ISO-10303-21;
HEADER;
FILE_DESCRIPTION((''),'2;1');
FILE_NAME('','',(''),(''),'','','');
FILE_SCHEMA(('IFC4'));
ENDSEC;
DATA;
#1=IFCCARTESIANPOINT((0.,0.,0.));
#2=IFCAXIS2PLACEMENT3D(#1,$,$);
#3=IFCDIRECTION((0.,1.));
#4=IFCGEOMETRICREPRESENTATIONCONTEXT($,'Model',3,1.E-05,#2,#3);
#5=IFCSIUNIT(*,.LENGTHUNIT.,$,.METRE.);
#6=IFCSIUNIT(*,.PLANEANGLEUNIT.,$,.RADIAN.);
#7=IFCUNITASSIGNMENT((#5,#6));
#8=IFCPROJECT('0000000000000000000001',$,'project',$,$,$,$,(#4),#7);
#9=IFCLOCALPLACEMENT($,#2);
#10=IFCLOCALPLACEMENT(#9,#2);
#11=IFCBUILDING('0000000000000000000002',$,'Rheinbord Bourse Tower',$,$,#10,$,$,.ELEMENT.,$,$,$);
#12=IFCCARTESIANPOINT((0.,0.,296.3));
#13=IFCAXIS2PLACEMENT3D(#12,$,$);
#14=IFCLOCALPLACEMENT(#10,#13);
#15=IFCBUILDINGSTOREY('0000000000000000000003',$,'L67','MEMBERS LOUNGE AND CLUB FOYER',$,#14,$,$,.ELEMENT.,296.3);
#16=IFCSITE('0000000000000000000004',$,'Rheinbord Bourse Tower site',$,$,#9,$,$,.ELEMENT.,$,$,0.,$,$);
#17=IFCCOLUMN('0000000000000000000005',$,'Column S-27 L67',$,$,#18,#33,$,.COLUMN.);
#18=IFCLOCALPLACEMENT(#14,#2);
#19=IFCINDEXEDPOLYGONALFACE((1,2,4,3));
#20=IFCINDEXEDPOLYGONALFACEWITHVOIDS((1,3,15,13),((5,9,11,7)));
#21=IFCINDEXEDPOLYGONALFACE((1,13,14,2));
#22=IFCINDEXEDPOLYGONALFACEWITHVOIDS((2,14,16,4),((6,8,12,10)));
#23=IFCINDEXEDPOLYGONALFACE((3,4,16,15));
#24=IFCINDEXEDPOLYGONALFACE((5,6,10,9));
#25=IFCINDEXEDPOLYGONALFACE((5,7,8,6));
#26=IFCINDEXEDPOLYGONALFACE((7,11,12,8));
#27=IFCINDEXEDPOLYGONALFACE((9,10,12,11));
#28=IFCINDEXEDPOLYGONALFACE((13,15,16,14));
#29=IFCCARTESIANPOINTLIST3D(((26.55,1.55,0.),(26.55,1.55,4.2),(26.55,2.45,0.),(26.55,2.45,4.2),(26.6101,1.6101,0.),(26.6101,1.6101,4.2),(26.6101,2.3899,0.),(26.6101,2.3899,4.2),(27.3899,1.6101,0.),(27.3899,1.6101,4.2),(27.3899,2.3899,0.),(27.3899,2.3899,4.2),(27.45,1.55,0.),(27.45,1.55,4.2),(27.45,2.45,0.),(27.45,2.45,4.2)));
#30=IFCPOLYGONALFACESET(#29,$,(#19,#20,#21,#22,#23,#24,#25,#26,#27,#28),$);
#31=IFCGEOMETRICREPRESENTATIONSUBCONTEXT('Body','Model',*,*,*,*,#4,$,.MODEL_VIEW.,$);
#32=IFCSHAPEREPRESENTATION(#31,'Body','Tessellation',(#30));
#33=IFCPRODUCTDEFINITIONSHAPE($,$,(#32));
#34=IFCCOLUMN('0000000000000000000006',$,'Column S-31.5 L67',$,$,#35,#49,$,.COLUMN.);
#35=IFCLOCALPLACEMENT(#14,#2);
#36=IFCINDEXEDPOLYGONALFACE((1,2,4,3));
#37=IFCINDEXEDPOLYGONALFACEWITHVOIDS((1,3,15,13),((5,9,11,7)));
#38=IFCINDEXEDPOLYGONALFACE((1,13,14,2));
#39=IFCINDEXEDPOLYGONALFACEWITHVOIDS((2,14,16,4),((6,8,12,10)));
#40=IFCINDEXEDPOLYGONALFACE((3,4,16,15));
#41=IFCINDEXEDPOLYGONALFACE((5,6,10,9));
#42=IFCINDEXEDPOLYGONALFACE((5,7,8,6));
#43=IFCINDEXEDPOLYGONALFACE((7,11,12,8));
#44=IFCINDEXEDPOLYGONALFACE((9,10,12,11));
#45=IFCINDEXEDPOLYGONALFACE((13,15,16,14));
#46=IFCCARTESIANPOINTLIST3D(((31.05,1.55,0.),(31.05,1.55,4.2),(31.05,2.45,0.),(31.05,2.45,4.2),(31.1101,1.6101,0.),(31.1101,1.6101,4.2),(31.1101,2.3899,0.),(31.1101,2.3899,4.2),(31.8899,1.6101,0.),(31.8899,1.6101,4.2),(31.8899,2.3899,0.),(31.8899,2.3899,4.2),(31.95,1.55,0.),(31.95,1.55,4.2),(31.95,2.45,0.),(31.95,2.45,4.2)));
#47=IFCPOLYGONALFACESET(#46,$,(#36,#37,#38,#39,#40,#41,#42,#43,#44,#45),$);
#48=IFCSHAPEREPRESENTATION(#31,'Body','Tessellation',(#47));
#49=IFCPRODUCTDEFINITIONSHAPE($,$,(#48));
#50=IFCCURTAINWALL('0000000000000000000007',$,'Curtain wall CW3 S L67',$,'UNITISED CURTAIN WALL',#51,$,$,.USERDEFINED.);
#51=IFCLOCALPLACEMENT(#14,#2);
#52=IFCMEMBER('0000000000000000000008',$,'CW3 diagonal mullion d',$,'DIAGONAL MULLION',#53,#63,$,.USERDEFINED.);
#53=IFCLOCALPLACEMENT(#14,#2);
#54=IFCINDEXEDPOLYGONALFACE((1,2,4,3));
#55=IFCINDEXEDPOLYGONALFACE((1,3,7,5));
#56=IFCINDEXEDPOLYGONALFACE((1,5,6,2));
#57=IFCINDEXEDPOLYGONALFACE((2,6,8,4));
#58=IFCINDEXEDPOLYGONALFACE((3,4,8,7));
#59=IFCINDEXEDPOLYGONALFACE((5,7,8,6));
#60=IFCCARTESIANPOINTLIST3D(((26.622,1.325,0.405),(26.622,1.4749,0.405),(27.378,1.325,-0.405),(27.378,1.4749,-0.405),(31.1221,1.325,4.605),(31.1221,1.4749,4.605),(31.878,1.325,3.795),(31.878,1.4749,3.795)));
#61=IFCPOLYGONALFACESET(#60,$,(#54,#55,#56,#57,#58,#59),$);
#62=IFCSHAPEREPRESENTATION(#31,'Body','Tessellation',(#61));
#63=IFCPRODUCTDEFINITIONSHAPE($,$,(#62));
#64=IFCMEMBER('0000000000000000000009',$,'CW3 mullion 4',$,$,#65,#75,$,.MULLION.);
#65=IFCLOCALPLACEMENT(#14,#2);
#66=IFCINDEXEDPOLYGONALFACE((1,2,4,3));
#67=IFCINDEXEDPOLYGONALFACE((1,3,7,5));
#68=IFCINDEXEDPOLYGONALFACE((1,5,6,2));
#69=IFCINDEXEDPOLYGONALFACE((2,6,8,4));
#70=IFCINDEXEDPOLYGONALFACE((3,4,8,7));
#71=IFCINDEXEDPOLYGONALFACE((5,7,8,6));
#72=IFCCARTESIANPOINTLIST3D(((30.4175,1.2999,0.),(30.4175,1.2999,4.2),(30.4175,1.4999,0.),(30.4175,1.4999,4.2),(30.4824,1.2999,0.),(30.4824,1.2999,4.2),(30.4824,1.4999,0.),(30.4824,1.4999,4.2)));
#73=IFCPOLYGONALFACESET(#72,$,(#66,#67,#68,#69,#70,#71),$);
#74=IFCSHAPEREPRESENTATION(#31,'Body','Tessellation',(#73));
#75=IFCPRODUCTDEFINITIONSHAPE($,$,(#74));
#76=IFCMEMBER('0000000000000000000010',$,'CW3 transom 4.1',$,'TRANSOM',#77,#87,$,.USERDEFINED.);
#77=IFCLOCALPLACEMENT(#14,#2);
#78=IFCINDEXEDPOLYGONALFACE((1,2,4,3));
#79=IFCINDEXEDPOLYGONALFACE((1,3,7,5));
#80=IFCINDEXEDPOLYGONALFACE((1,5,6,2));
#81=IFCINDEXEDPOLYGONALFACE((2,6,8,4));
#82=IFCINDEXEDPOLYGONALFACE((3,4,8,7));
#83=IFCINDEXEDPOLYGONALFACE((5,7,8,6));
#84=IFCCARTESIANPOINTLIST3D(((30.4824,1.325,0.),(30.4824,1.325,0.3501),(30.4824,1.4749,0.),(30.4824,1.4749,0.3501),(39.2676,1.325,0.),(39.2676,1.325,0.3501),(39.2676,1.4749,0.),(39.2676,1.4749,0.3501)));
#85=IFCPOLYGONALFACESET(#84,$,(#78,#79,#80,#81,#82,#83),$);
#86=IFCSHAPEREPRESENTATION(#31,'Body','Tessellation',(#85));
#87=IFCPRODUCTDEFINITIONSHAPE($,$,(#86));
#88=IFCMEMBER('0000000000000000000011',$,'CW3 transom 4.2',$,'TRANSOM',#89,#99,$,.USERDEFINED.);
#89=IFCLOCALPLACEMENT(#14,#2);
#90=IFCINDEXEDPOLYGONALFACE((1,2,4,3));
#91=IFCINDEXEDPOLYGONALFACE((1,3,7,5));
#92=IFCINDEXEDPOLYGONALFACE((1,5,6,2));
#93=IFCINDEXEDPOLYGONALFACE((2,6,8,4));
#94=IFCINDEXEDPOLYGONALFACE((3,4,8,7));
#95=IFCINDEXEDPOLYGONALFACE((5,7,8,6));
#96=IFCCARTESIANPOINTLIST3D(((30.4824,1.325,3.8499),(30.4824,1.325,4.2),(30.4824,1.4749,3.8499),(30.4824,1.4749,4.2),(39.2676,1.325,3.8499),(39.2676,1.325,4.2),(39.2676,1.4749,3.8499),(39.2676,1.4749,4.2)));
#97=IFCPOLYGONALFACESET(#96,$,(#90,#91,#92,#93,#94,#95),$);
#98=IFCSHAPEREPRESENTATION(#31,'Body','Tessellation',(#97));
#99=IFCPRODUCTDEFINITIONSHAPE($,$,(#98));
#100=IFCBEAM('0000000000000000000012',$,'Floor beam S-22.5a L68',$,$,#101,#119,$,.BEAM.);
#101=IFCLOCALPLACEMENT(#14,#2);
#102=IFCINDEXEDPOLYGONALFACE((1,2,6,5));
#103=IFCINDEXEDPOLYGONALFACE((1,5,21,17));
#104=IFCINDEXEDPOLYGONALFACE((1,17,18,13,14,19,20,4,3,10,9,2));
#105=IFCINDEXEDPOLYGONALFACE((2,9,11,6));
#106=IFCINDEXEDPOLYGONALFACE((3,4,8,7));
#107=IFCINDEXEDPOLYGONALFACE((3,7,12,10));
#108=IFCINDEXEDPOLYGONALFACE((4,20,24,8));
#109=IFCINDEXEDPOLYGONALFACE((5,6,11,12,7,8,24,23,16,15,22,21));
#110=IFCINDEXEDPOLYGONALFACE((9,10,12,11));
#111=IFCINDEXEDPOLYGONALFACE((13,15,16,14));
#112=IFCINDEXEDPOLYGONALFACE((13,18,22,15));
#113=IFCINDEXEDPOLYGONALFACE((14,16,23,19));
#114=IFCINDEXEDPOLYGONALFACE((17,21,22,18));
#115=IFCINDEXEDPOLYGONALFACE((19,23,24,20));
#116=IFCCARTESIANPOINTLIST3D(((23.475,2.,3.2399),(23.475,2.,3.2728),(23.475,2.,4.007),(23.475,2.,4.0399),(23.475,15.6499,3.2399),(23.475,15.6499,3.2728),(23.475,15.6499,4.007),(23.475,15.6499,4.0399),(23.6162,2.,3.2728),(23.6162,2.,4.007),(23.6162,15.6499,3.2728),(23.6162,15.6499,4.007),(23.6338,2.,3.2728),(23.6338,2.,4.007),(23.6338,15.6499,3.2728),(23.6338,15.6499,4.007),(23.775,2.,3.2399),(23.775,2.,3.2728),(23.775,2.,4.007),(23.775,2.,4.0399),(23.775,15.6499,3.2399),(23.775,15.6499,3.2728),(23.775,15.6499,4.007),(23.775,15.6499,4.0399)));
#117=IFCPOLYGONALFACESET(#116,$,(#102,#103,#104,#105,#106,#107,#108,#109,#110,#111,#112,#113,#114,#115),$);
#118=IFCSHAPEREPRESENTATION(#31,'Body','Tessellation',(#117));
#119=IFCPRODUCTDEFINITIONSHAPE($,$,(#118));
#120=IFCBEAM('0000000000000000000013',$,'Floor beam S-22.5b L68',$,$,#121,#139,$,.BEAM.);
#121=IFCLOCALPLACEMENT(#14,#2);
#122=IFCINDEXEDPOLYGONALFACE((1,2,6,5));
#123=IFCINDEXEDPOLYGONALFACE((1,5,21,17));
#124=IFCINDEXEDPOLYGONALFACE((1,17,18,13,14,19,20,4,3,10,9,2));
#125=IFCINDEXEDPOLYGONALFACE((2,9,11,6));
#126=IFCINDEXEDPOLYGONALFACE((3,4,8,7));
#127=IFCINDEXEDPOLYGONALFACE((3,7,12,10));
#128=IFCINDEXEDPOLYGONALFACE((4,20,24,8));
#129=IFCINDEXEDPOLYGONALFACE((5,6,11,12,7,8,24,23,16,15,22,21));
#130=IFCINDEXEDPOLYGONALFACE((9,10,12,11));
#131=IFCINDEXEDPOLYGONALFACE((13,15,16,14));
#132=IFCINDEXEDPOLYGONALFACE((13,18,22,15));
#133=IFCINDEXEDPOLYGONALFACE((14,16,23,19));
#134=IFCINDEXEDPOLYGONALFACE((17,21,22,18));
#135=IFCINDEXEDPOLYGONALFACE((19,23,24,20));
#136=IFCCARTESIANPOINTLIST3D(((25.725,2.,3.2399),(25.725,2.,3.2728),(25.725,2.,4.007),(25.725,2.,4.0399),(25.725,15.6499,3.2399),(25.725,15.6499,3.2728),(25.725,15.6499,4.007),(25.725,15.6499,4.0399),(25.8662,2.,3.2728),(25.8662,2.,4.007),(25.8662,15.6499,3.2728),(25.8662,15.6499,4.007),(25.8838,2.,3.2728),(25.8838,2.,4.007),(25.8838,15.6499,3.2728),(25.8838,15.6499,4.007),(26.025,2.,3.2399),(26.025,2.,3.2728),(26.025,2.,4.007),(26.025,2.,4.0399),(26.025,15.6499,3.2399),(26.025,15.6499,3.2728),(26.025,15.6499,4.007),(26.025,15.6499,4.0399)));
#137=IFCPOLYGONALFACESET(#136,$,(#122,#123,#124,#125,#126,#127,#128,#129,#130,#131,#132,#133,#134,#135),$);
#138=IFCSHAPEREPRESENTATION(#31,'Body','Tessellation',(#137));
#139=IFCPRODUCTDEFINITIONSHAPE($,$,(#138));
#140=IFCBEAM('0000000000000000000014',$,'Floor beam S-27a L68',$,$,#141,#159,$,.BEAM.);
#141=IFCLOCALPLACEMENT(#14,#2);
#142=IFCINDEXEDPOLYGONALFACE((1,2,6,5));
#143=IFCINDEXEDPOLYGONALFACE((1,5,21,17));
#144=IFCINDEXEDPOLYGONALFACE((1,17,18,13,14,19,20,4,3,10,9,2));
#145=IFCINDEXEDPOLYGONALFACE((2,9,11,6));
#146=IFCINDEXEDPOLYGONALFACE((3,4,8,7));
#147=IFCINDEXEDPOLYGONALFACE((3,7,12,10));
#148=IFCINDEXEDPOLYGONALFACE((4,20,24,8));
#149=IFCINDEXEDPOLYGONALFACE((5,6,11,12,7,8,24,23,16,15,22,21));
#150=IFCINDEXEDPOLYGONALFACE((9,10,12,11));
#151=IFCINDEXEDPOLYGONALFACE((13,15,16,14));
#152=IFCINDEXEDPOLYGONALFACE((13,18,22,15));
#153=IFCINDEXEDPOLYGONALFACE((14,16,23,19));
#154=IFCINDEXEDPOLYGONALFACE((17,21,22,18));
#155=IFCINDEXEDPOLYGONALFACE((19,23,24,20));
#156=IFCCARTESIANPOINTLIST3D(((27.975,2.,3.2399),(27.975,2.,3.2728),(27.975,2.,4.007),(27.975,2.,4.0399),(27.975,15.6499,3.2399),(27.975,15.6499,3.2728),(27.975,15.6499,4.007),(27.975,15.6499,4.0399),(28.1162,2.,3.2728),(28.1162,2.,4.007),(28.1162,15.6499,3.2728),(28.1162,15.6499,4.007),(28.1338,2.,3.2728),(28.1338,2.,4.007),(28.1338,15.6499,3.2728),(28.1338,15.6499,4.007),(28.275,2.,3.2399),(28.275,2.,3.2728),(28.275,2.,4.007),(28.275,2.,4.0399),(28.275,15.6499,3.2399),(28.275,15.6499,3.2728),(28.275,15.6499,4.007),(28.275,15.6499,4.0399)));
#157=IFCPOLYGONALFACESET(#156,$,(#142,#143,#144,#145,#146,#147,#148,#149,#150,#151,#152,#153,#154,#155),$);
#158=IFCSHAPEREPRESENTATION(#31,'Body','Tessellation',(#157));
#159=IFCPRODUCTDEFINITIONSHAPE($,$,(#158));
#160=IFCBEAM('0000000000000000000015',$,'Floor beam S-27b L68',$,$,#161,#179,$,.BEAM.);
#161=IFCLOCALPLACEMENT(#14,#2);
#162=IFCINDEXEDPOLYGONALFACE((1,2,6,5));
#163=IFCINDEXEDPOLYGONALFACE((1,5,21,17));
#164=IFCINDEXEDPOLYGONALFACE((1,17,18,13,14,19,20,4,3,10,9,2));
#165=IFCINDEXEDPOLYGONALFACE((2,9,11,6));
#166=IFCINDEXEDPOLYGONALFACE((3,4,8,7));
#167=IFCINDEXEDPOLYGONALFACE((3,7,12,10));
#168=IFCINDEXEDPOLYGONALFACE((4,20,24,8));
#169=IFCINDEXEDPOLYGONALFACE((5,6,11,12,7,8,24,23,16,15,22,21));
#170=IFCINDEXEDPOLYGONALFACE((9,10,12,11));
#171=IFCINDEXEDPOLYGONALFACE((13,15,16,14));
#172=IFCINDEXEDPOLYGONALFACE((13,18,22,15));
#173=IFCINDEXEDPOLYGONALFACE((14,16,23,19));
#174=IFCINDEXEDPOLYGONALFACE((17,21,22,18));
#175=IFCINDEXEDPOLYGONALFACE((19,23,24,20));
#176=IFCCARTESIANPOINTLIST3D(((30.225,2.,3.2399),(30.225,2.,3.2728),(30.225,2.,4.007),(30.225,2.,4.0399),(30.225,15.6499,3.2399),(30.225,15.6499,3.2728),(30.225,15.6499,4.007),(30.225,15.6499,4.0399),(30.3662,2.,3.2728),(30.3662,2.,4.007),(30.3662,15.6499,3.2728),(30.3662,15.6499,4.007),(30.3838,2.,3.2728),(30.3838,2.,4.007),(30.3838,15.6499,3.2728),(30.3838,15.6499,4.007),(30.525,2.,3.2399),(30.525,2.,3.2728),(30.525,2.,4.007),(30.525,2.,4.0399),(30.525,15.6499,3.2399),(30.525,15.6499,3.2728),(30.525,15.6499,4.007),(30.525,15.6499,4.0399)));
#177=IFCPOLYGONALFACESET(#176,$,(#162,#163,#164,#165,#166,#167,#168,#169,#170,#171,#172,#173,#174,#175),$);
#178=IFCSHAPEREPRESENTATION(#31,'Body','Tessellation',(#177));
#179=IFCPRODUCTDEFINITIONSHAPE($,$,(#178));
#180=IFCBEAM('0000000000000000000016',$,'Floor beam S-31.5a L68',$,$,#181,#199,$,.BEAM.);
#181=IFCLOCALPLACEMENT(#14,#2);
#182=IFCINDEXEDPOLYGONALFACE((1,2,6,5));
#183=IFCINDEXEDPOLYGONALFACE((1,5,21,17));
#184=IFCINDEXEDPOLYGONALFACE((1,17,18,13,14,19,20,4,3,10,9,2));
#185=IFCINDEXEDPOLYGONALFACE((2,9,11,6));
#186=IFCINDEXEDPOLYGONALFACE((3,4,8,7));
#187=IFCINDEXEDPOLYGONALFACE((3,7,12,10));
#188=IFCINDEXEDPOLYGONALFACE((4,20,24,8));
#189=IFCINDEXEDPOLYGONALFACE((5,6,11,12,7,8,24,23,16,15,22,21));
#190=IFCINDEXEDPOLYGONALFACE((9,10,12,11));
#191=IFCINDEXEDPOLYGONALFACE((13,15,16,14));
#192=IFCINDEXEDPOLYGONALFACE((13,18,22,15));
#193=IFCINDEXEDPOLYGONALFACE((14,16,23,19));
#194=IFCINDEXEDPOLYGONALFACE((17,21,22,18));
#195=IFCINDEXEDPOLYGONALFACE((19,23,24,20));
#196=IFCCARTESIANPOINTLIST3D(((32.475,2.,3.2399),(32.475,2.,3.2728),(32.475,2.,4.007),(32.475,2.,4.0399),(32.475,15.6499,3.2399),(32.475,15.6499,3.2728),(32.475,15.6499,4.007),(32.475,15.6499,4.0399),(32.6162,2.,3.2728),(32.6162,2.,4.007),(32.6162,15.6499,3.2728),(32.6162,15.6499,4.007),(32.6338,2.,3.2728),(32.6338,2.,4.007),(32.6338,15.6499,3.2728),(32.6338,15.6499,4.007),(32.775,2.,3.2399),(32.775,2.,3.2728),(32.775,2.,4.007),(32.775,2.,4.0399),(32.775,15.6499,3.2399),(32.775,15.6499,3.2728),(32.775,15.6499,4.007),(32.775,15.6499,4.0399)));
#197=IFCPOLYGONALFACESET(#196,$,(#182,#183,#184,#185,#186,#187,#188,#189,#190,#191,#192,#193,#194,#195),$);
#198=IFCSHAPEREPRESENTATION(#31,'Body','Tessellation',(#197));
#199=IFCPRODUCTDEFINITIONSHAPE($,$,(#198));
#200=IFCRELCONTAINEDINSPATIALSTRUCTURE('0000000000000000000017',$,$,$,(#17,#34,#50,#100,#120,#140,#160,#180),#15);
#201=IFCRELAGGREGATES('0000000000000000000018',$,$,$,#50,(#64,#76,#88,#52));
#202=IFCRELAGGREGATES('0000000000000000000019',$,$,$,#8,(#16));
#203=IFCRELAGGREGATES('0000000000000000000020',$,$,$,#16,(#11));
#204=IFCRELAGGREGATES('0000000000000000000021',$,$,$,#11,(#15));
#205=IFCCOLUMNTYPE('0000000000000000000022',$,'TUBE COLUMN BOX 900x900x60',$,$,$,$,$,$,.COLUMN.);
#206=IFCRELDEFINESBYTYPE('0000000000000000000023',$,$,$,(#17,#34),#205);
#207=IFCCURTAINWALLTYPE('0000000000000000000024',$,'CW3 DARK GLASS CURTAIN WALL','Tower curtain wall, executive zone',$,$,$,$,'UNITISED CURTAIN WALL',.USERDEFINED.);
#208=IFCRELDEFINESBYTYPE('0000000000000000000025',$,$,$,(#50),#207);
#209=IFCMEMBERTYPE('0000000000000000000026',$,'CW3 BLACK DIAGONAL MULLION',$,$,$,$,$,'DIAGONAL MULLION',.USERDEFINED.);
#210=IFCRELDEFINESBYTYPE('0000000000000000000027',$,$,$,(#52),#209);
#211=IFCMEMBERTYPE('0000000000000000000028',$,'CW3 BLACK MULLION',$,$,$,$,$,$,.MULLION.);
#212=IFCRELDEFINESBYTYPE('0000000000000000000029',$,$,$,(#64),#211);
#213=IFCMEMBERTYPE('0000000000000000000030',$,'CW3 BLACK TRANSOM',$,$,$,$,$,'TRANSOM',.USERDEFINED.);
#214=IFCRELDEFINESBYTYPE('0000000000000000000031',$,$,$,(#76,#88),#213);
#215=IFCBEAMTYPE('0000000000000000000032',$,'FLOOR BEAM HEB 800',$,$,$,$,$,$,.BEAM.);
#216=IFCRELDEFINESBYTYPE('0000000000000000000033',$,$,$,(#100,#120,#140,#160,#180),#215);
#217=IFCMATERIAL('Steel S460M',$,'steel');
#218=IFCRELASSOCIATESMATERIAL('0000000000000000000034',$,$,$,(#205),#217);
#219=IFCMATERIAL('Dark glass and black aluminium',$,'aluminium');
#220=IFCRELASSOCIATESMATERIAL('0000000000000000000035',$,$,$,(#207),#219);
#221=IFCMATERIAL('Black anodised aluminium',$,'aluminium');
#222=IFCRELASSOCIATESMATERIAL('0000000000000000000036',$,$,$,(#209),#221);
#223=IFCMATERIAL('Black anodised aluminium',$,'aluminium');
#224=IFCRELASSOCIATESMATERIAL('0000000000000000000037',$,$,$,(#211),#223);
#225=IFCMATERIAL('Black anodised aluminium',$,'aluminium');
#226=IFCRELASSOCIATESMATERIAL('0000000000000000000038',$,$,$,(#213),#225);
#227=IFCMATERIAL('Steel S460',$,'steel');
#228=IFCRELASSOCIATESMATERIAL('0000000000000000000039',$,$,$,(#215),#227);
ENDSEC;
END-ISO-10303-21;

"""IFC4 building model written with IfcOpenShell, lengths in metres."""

from ifc_helpers import new_model, si_unit, direction, frame, origin, origin_2d, place, context, subcontext, project, spatial, rectangle, hollow_rectangle, i_section, extrude, material, material_profile, profile_set, type_object, element, aggregate, save


model = new_model("IFC4")

# Units and contexts
model_context = context("Model", 3, precision=1e-05, world=origin(), true_north=direction((0.0, 1.0)))
body_context = subcontext(model_context, "Body", "Model", "MODEL_VIEW")
ifc_project = project(units=[si_unit("LENGTHUNIT", "METRE"), si_unit("PLANEANGLEUNIT", "RADIAN")], contexts=[model_context])

# Site, building, storey
site_placement = place(None, origin())
site = spatial("IfcSite", under=ifc_project, at=site_placement, Name="Rheinbord Bourse Tower site", CompositionType="ELEMENT", RefElevation=0.0)
building_placement = place(site_placement, origin())
building = spatial("IfcBuilding", under=site, at=building_placement, Name="Rheinbord Bourse Tower", CompositionType="ELEMENT")
storey_placement = place(building_placement, frame((0.0, 0.0, 296.3)))
storey = spatial("IfcBuildingStorey", under=building, at=storey_placement, Name="L67", Description="MEMBERS LOUNGE AND CLUB FOYER", CompositionType="ELEMENT", Elevation=296.3)

# Columns
ifc_material_1 = material(Name="Steel S460M", Category="steel")
ifc_material_profile_1 = material_profile(ifc_material_1, hollow_rectangle(XDim=0.8999, YDim=0.8999, WallThickness=0.0601, at=origin_2d()), Name="BOX 900x900x60")
ifc_profile_set_1 = profile_set([ifc_material_profile_1], Name="Steel S460M")
column_type = type_object("IfcColumnType", Name="TUBE COLUMN BOX 900x900x60", PredefinedType="COLUMN", material=ifc_profile_set_1)
for number, where, z_axis, x_axis, name in (
    (1, (27.0, 2.0, 0.0), (0.0, 0.0, 1.0), (0.0, 1.0, 0.0), "Column S-27 L67"),
    (2, (31.5, 2.0, 0.0), (0.0, 0.0, 1.0), (0.0, 1.0, 0.0), "Column S-31.5 L67"),
):
    element("IfcColumn", number, at=place(storey_placement, frame(where, z_axis=z_axis, x_axis=x_axis)), inside=storey, type_object=column_type, Name=name, PredefinedType="COLUMN", context=body_context, shape_type="SweptSolid", body=[
        extrude(hollow_rectangle(XDim=0.8999, YDim=0.8999, WallThickness=0.0601, at=origin_2d()), origin(), (0.0, 0.0, 1.0), 4.2),
    ])

# Curtain wall, members
ifc_material_2 = material(Name="Dark glass and black aluminium", Category="aluminium")
curtain_wall_type = type_object("IfcCurtainWallType", Name="CW3 DARK GLASS CURTAIN WALL", Description="Tower curtain wall, executive zone", ElementType="UNITISED CURTAIN WALL", PredefinedType="USERDEFINED", material=ifc_material_2)
curtain_wall_placement = place(storey_placement, origin())
curtain_wall = element("IfcCurtainWall", 3, at=curtain_wall_placement, inside=storey, type_object=curtain_wall_type, Name="Curtain wall CW3 S L67", ObjectType="UNITISED CURTAIN WALL", PredefinedType="USERDEFINED")
ifc_material_3 = material(Name="Black anodised aluminium", Category="aluminium")
ifc_material_profile_2 = material_profile(ifc_material_3, rectangle(XDim=0.1499, YDim=1.1079, at=origin_2d()), Name="CW3 DIAGONAL MULLION 1108x150")
ifc_profile_set_2 = profile_set([ifc_material_profile_2], Name="Black anodised aluminium")
member_type_1 = type_object("IfcMemberType", Name="CW3 BLACK DIAGONAL MULLION", ElementType="DIAGONAL MULLION", PredefinedType="USERDEFINED", material=ifc_profile_set_2)
member_1_placement = place(storey_placement, frame((27.0, 1.3999, 0.0), z_axis=(0.731059, 0.0, 0.682314), x_axis=(0.0, 1.0, 0.0)))
member_1 = element("IfcMember", 4, at=member_1_placement, type_object=member_type_1, Name="CW3 diagonal mullion d", ObjectType="DIAGONAL MULLION", PredefinedType="USERDEFINED", context=body_context, shape_type="SweptSolid", body=[
    extrude(rectangle(XDim=0.1499, YDim=1.1079, at=origin_2d()), origin(), (0.0, 0.0, 1.0), 6.1555),
])
ifc_material_4 = material(Name="Black anodised aluminium", Category="aluminium")
ifc_material_profile_3 = material_profile(ifc_material_4, rectangle(XDim=0.2, YDim=0.0649, at=origin_2d()), Name="CW3 MULLION 65x200")
ifc_profile_set_3 = profile_set([ifc_material_profile_3], Name="Black anodised aluminium")
member_type_2 = type_object("IfcMemberType", Name="CW3 BLACK MULLION", PredefinedType="MULLION", material=ifc_profile_set_3)
member_2_placement = place(storey_placement, frame((30.45, 1.3999, 0.0), z_axis=(0.0, 0.0, 1.0), x_axis=(0.0, 1.0, 0.0)))
member_2 = element("IfcMember", 5, at=member_2_placement, type_object=member_type_2, Name="CW3 mullion 4", PredefinedType="MULLION", context=body_context, shape_type="SweptSolid", body=[
    extrude(rectangle(XDim=0.2, YDim=0.0649, at=origin_2d()), origin(), (0.0, 0.0, 1.0), 4.2),
])
ifc_material_5 = material(Name="Black anodised aluminium", Category="aluminium")
ifc_material_profile_4 = material_profile(ifc_material_5, rectangle(XDim=0.1499, YDim=0.3501, at=origin_2d()), Name="CW3 TRANSOM 350x150")
ifc_profile_set_4 = profile_set([ifc_material_profile_4], Name="Black anodised aluminium")
member_type_3 = type_object("IfcMemberType", Name="CW3 BLACK TRANSOM", ElementType="TRANSOM", PredefinedType="USERDEFINED", material=ifc_profile_set_4)
member_3_placement = place(storey_placement, frame((30.4824, 1.3999, 0.175), z_axis=(1.0, 0.0, 0.0), x_axis=(0.0, 1.0, 0.0)))
member_3 = element("IfcMember", 6, at=member_3_placement, type_object=member_type_3, Name="CW3 transom 4.1", ObjectType="TRANSOM", PredefinedType="USERDEFINED", context=body_context, shape_type="SweptSolid", body=[
    extrude(rectangle(XDim=0.1499, YDim=0.3501, at=origin_2d()), origin(), (0.0, 0.0, 1.0), 8.7852),
])
member_4_placement = place(storey_placement, frame((30.4824, 1.3999, 4.0249), z_axis=(1.0, 0.0, 0.0), x_axis=(0.0, 1.0, 0.0)))
member_4 = element("IfcMember", 7, at=member_4_placement, type_object=member_type_3, Name="CW3 transom 4.2", ObjectType="TRANSOM", PredefinedType="USERDEFINED", context=body_context, shape_type="SweptSolid", body=[
    extrude(rectangle(XDim=0.1499, YDim=0.3501, at=origin_2d()), origin(), (0.0, 0.0, 1.0), 8.7852),
])

# Beams
ifc_material_6 = material(Name="Steel S460", Category="steel")
ifc_material_profile_5 = material_profile(ifc_material_6, i_section(OverallWidth=0.3, OverallDepth=0.8, WebThickness=0.0176, FlangeThickness=0.033, at=origin_2d()), Name="HEB 800")
ifc_profile_set_5 = profile_set([ifc_material_profile_5], Name="Steel S460")
beam_type_1 = type_object("IfcBeamType", Name="FLOOR BEAM HEB 800", PredefinedType="BEAM", material=ifc_profile_set_5)
for number, where, z_axis, x_axis, name in (
    (8, (23.625, 2.0, 3.6399), (0.0, 1.0, 0.0), (-1.0, 0.0, 0.0), "Floor beam S-22.5a L68"),
    (9, (25.875, 2.0, 3.6399), (0.0, 1.0, 0.0), (-1.0, 0.0, 0.0), "Floor beam S-22.5b L68"),
    (10, (28.125, 2.0, 3.6399), (0.0, 1.0, 0.0), (-1.0, 0.0, 0.0), "Floor beam S-27a L68"),
    (11, (30.375, 2.0, 3.6399), (0.0, 1.0, 0.0), (-1.0, 0.0, 0.0), "Floor beam S-27b L68"),
    (12, (32.625, 2.0, 3.6399), (0.0, 1.0, 0.0), (-1.0, 0.0, 0.0), "Floor beam S-31.5a L68"),
):
    element("IfcBeam", number, at=place(storey_placement, frame(where, z_axis=z_axis, x_axis=x_axis)), inside=storey, type_object=beam_type_1, Name=name, PredefinedType="BEAM", context=body_context, shape_type="SweptSolid", body=[
        extrude(i_section(OverallWidth=0.3, OverallDepth=0.8, WebThickness=0.0176, FlangeThickness=0.033, at=origin_2d()), origin(), (0.0, 0.0, 1.0), 13.6499),
    ])

aggregate(curtain_wall, [member_2, member_3, member_4, member_1])

save(model, "model.ifc")
